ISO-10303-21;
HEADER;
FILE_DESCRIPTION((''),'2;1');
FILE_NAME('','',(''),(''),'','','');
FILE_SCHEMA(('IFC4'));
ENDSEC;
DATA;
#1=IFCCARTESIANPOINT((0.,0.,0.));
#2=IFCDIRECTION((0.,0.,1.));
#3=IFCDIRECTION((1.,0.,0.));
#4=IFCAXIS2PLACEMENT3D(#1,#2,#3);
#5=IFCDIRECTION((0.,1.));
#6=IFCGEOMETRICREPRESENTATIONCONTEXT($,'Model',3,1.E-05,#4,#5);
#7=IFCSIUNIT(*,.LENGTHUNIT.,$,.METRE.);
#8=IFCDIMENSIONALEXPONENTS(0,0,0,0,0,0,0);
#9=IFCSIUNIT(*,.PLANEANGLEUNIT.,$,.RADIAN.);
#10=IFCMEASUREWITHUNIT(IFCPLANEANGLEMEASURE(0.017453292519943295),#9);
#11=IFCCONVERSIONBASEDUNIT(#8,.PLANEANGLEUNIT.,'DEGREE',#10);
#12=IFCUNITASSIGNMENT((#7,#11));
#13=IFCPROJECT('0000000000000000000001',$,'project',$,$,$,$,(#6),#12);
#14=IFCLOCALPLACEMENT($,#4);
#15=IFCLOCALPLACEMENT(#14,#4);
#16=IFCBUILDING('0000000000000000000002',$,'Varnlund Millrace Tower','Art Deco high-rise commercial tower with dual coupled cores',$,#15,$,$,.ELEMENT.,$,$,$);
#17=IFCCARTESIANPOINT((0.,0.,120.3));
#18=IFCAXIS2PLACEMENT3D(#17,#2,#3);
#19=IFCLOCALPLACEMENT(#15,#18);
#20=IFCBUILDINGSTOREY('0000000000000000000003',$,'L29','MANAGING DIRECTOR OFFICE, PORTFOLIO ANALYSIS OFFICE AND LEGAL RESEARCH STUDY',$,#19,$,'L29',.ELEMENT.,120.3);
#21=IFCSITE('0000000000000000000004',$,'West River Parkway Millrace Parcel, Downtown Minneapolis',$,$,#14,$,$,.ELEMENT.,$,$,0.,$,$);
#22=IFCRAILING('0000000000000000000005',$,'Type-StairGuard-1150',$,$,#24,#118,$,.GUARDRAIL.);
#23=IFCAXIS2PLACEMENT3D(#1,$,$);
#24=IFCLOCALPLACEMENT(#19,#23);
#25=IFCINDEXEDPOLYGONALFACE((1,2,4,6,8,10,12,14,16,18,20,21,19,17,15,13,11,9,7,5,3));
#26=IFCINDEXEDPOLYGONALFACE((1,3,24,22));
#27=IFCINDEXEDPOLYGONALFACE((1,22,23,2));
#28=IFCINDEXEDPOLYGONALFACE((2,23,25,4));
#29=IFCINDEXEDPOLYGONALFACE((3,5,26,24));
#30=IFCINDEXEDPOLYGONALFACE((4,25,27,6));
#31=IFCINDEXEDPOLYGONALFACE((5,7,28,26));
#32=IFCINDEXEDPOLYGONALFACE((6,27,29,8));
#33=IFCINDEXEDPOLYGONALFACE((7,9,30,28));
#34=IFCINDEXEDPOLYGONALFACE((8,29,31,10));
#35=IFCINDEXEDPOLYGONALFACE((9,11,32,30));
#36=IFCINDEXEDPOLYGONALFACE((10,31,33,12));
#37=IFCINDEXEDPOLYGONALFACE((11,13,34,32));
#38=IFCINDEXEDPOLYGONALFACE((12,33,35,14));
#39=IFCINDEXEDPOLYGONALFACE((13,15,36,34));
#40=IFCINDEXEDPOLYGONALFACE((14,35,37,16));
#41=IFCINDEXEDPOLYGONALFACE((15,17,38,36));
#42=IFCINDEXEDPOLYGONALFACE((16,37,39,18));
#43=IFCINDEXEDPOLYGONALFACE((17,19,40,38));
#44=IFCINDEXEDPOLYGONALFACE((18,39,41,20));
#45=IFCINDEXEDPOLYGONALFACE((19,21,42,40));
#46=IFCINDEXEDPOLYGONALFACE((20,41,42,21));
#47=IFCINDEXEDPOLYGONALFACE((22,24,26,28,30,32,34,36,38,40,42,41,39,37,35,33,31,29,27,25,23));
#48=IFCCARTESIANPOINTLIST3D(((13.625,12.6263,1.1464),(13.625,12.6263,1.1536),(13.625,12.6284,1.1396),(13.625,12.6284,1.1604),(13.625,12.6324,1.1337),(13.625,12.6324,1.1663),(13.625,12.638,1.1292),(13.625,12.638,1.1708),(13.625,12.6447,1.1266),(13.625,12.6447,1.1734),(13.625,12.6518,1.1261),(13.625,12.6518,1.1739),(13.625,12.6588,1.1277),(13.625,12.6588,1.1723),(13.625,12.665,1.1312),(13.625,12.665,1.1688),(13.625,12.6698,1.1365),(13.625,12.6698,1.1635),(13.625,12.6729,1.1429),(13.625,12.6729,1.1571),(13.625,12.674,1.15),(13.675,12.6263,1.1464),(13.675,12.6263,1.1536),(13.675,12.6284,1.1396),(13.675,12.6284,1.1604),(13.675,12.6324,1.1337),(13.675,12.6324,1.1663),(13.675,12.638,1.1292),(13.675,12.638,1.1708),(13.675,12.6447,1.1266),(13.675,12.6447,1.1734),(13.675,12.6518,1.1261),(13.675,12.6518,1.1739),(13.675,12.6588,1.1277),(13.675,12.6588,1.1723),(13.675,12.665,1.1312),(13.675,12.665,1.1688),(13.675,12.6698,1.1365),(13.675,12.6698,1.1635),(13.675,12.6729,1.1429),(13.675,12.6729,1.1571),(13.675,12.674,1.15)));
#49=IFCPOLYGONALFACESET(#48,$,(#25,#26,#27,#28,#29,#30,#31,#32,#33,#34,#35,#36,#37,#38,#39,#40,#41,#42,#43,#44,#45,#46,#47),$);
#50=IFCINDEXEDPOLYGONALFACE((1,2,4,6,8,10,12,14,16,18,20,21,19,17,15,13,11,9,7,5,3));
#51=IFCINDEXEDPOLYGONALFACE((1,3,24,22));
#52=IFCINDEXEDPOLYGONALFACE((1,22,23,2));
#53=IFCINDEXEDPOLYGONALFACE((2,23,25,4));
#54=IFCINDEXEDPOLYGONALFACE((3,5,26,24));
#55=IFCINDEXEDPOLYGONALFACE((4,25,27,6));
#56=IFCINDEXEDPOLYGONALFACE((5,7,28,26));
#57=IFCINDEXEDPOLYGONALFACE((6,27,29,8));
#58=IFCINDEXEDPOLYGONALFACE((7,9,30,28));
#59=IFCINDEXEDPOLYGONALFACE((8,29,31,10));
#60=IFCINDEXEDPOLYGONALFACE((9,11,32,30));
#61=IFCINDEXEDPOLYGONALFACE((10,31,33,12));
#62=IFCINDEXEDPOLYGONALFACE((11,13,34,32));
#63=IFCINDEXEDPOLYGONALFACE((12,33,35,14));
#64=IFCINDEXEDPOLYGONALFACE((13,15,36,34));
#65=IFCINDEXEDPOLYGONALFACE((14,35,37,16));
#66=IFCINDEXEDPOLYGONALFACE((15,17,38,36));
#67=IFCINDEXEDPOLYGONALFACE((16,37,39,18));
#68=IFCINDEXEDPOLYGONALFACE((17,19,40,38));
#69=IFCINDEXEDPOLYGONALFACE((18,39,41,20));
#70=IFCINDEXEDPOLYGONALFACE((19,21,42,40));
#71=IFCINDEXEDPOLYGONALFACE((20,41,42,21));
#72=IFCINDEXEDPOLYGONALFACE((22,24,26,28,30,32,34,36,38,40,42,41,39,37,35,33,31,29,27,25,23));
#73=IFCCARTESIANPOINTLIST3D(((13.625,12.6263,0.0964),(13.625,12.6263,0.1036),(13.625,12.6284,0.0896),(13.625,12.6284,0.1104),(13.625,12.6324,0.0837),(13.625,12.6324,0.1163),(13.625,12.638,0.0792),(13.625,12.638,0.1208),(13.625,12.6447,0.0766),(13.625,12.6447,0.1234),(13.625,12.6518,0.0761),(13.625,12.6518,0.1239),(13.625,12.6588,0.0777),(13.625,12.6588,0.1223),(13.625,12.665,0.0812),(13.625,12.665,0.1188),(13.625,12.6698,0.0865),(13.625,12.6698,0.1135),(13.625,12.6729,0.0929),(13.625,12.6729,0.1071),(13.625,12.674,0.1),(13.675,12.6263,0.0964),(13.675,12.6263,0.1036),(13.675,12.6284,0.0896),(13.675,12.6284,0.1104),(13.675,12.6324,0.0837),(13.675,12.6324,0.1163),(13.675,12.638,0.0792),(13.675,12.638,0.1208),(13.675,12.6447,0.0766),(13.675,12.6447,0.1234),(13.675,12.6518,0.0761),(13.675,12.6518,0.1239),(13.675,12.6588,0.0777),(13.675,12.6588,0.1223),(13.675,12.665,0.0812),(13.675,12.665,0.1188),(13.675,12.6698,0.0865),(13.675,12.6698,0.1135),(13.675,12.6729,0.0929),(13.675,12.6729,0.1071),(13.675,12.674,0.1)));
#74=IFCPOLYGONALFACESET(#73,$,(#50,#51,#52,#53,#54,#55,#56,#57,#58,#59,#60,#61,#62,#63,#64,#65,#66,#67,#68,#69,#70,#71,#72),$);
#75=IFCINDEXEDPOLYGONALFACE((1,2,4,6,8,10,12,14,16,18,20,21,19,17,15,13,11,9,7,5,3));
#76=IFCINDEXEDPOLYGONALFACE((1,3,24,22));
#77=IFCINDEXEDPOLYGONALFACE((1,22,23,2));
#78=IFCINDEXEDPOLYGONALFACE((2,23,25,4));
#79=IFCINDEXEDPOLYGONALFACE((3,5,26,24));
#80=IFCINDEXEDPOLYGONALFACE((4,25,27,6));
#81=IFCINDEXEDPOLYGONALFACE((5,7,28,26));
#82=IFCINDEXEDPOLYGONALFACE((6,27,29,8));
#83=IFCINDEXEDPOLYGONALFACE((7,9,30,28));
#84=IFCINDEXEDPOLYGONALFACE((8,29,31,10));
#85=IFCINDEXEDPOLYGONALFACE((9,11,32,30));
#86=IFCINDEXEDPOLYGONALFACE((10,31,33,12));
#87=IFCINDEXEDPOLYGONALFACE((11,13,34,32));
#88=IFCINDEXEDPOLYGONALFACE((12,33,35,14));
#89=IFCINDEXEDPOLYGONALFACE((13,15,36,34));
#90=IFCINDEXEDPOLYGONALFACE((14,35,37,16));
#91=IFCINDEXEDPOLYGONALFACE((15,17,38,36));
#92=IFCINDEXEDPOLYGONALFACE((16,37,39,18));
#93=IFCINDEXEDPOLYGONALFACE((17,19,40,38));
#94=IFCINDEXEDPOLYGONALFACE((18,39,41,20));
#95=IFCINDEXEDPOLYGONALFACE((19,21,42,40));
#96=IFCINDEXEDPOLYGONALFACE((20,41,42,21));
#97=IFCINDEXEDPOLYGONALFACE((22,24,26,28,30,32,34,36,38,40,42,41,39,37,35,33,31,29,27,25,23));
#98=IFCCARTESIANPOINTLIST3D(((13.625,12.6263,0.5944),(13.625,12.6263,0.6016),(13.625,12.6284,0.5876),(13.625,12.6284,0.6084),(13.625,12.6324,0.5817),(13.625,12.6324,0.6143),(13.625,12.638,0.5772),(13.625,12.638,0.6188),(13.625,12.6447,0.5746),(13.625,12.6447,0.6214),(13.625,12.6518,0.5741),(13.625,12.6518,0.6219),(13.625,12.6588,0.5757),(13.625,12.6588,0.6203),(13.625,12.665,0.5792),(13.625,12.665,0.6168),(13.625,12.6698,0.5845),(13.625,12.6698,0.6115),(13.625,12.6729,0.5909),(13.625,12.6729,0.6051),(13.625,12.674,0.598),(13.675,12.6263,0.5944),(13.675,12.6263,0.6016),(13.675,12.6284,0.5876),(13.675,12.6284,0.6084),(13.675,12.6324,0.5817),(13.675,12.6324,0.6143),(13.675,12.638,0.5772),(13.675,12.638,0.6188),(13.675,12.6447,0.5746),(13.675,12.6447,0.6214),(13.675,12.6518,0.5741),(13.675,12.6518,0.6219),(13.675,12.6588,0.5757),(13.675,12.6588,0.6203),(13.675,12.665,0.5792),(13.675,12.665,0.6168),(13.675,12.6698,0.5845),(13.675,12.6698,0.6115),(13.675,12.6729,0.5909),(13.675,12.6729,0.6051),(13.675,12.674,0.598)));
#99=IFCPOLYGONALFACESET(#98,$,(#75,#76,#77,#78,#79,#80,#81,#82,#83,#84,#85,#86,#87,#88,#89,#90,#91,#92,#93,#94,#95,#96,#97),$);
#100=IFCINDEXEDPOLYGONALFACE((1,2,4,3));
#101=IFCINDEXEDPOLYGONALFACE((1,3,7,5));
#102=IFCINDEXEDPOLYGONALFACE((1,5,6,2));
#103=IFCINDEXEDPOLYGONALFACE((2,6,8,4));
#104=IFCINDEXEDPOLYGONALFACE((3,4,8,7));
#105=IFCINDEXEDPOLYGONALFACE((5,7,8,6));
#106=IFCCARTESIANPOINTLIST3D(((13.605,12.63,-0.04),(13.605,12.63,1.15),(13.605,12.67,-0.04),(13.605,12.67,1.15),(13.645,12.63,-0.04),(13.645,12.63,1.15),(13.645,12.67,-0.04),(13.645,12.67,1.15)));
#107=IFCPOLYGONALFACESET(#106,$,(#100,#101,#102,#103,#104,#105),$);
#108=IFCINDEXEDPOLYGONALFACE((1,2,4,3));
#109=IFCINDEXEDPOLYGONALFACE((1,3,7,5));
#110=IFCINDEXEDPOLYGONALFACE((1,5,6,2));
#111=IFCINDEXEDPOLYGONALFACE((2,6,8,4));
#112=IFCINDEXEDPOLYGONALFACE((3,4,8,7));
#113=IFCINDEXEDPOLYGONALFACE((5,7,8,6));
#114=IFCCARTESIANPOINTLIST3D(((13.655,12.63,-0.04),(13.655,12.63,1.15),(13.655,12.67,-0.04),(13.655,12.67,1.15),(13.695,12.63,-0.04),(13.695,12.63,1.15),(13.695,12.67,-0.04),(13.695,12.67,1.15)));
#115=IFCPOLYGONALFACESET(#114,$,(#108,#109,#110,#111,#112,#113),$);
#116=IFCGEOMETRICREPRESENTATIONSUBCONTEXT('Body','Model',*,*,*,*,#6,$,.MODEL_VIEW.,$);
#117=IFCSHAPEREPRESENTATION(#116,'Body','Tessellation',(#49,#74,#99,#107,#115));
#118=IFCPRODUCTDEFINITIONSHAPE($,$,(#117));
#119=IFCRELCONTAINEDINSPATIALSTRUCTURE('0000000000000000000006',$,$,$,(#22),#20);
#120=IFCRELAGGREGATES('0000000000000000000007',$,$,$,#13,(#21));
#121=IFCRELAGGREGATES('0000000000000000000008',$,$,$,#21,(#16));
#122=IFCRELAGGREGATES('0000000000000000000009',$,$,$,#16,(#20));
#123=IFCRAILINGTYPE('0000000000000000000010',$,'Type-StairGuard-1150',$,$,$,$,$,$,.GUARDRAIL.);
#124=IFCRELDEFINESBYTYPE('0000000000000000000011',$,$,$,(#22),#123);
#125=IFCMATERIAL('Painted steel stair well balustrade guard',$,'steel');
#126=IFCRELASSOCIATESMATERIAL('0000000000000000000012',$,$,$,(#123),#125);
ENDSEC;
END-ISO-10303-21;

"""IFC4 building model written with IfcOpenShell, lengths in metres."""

from ifc_helpers import new_model, entity, si_unit, converted_unit, direction, frame, origin_with_axes, origin_2d_with_axis, place, context, subcontext, project, spatial, rectangle, circle, extrude, material, type_object, element, save


model = new_model("IFC4")

# Units and contexts
model_context = context("Model", 3, precision=1e-05, world=origin_with_axes(), true_north=direction((0.0, 1.0)))
body_context = subcontext(model_context, "Body", "Model", "MODEL_VIEW")
ifc_project = project(units=[si_unit("LENGTHUNIT", "METRE"), converted_unit("PLANEANGLEUNIT", "DEGREE", entity("IfcPlaneAngleMeasure", 0.017453292519943295), si_unit("PLANEANGLEUNIT", "RADIAN"), dimensions=[0, 0, 0, 0, 0, 0, 0])], contexts=[model_context])

# Site, building, storey
site_placement = place(None, origin_with_axes())
site = spatial("IfcSite", under=ifc_project, at=site_placement, Name="West River Parkway Millrace Parcel, Downtown Minneapolis", CompositionType="ELEMENT", RefElevation=0.0)
building_placement = place(site_placement, origin_with_axes())
building = spatial("IfcBuilding", under=site, at=building_placement, Name="Varnlund Millrace Tower", Description="Art Deco high-rise commercial tower with dual coupled cores", CompositionType="ELEMENT")
storey_placement = place(building_placement, frame((0.0, 0.0, 120.3), z_axis=(0.0, 0.0, 1.0), x_axis=(1.0, 0.0, 0.0)))
storey = spatial("IfcBuildingStorey", under=building, at=storey_placement, Name="L29", Description="MANAGING DIRECTOR OFFICE, PORTFOLIO ANALYSIS OFFICE AND LEGAL RESEARCH STUDY", LongName="L29", CompositionType="ELEMENT", Elevation=120.3)

# Railing
ifc_material_1 = material(Name="Painted steel stair well balustrade guard", Category="steel")
railing_type_1 = type_object("IfcRailingType", Name="Type-StairGuard-1150", PredefinedType="GUARDRAIL", material=ifc_material_1)
railing_1_placement = place(storey_placement, frame((0.0, 0.0, -120.3), z_axis=(0.0, 0.0, 1.0), x_axis=(1.0, 0.0, 0.0)))
element("IfcRailing", 1, at=railing_1_placement, inside=storey, type_object=railing_type_1, Name="Type-StairGuard-1150", PredefinedType="GUARDRAIL", context=body_context, shape_type="SweptSolid", body=[
    extrude(circle(Radius=0.024, at=origin_2d_with_axis()), frame((13.625, 12.65, 121.45), z_axis=(1.0, 0.0, 0.0), x_axis=(0.0, 1.0, 0.0)), (0.0, 0.0, 1.0), 0.05),
    extrude(circle(Radius=0.024, at=origin_2d_with_axis()), frame((13.625, 12.65, 120.4), z_axis=(1.0, 0.0, 0.0), x_axis=(0.0, 1.0, 0.0)), (0.0, 0.0, 1.0), 0.05),
    extrude(circle(Radius=0.024, at=origin_2d_with_axis()), frame((13.625, 12.65, 120.898), z_axis=(1.0, 0.0, 0.0), x_axis=(0.0, 1.0, 0.0)), (0.0, 0.0, 1.0), 0.05),
    extrude(rectangle(XDim=0.04, YDim=0.04, at=origin_2d_with_axis()), frame((13.625, 12.65, 120.26), z_axis=(0.0, 0.0, 1.0), x_axis=(1.0, 0.0, 0.0)), (0.0, 0.0, 1.0), 1.19),
    extrude(rectangle(XDim=0.04, YDim=0.04, at=origin_2d_with_axis()), frame((13.675, 12.65, 120.26), z_axis=(0.0, 0.0, 1.0), x_axis=(1.0, 0.0, 0.0)), (0.0, 0.0, 1.0), 1.19),
])

save(model, "model.ifc")
